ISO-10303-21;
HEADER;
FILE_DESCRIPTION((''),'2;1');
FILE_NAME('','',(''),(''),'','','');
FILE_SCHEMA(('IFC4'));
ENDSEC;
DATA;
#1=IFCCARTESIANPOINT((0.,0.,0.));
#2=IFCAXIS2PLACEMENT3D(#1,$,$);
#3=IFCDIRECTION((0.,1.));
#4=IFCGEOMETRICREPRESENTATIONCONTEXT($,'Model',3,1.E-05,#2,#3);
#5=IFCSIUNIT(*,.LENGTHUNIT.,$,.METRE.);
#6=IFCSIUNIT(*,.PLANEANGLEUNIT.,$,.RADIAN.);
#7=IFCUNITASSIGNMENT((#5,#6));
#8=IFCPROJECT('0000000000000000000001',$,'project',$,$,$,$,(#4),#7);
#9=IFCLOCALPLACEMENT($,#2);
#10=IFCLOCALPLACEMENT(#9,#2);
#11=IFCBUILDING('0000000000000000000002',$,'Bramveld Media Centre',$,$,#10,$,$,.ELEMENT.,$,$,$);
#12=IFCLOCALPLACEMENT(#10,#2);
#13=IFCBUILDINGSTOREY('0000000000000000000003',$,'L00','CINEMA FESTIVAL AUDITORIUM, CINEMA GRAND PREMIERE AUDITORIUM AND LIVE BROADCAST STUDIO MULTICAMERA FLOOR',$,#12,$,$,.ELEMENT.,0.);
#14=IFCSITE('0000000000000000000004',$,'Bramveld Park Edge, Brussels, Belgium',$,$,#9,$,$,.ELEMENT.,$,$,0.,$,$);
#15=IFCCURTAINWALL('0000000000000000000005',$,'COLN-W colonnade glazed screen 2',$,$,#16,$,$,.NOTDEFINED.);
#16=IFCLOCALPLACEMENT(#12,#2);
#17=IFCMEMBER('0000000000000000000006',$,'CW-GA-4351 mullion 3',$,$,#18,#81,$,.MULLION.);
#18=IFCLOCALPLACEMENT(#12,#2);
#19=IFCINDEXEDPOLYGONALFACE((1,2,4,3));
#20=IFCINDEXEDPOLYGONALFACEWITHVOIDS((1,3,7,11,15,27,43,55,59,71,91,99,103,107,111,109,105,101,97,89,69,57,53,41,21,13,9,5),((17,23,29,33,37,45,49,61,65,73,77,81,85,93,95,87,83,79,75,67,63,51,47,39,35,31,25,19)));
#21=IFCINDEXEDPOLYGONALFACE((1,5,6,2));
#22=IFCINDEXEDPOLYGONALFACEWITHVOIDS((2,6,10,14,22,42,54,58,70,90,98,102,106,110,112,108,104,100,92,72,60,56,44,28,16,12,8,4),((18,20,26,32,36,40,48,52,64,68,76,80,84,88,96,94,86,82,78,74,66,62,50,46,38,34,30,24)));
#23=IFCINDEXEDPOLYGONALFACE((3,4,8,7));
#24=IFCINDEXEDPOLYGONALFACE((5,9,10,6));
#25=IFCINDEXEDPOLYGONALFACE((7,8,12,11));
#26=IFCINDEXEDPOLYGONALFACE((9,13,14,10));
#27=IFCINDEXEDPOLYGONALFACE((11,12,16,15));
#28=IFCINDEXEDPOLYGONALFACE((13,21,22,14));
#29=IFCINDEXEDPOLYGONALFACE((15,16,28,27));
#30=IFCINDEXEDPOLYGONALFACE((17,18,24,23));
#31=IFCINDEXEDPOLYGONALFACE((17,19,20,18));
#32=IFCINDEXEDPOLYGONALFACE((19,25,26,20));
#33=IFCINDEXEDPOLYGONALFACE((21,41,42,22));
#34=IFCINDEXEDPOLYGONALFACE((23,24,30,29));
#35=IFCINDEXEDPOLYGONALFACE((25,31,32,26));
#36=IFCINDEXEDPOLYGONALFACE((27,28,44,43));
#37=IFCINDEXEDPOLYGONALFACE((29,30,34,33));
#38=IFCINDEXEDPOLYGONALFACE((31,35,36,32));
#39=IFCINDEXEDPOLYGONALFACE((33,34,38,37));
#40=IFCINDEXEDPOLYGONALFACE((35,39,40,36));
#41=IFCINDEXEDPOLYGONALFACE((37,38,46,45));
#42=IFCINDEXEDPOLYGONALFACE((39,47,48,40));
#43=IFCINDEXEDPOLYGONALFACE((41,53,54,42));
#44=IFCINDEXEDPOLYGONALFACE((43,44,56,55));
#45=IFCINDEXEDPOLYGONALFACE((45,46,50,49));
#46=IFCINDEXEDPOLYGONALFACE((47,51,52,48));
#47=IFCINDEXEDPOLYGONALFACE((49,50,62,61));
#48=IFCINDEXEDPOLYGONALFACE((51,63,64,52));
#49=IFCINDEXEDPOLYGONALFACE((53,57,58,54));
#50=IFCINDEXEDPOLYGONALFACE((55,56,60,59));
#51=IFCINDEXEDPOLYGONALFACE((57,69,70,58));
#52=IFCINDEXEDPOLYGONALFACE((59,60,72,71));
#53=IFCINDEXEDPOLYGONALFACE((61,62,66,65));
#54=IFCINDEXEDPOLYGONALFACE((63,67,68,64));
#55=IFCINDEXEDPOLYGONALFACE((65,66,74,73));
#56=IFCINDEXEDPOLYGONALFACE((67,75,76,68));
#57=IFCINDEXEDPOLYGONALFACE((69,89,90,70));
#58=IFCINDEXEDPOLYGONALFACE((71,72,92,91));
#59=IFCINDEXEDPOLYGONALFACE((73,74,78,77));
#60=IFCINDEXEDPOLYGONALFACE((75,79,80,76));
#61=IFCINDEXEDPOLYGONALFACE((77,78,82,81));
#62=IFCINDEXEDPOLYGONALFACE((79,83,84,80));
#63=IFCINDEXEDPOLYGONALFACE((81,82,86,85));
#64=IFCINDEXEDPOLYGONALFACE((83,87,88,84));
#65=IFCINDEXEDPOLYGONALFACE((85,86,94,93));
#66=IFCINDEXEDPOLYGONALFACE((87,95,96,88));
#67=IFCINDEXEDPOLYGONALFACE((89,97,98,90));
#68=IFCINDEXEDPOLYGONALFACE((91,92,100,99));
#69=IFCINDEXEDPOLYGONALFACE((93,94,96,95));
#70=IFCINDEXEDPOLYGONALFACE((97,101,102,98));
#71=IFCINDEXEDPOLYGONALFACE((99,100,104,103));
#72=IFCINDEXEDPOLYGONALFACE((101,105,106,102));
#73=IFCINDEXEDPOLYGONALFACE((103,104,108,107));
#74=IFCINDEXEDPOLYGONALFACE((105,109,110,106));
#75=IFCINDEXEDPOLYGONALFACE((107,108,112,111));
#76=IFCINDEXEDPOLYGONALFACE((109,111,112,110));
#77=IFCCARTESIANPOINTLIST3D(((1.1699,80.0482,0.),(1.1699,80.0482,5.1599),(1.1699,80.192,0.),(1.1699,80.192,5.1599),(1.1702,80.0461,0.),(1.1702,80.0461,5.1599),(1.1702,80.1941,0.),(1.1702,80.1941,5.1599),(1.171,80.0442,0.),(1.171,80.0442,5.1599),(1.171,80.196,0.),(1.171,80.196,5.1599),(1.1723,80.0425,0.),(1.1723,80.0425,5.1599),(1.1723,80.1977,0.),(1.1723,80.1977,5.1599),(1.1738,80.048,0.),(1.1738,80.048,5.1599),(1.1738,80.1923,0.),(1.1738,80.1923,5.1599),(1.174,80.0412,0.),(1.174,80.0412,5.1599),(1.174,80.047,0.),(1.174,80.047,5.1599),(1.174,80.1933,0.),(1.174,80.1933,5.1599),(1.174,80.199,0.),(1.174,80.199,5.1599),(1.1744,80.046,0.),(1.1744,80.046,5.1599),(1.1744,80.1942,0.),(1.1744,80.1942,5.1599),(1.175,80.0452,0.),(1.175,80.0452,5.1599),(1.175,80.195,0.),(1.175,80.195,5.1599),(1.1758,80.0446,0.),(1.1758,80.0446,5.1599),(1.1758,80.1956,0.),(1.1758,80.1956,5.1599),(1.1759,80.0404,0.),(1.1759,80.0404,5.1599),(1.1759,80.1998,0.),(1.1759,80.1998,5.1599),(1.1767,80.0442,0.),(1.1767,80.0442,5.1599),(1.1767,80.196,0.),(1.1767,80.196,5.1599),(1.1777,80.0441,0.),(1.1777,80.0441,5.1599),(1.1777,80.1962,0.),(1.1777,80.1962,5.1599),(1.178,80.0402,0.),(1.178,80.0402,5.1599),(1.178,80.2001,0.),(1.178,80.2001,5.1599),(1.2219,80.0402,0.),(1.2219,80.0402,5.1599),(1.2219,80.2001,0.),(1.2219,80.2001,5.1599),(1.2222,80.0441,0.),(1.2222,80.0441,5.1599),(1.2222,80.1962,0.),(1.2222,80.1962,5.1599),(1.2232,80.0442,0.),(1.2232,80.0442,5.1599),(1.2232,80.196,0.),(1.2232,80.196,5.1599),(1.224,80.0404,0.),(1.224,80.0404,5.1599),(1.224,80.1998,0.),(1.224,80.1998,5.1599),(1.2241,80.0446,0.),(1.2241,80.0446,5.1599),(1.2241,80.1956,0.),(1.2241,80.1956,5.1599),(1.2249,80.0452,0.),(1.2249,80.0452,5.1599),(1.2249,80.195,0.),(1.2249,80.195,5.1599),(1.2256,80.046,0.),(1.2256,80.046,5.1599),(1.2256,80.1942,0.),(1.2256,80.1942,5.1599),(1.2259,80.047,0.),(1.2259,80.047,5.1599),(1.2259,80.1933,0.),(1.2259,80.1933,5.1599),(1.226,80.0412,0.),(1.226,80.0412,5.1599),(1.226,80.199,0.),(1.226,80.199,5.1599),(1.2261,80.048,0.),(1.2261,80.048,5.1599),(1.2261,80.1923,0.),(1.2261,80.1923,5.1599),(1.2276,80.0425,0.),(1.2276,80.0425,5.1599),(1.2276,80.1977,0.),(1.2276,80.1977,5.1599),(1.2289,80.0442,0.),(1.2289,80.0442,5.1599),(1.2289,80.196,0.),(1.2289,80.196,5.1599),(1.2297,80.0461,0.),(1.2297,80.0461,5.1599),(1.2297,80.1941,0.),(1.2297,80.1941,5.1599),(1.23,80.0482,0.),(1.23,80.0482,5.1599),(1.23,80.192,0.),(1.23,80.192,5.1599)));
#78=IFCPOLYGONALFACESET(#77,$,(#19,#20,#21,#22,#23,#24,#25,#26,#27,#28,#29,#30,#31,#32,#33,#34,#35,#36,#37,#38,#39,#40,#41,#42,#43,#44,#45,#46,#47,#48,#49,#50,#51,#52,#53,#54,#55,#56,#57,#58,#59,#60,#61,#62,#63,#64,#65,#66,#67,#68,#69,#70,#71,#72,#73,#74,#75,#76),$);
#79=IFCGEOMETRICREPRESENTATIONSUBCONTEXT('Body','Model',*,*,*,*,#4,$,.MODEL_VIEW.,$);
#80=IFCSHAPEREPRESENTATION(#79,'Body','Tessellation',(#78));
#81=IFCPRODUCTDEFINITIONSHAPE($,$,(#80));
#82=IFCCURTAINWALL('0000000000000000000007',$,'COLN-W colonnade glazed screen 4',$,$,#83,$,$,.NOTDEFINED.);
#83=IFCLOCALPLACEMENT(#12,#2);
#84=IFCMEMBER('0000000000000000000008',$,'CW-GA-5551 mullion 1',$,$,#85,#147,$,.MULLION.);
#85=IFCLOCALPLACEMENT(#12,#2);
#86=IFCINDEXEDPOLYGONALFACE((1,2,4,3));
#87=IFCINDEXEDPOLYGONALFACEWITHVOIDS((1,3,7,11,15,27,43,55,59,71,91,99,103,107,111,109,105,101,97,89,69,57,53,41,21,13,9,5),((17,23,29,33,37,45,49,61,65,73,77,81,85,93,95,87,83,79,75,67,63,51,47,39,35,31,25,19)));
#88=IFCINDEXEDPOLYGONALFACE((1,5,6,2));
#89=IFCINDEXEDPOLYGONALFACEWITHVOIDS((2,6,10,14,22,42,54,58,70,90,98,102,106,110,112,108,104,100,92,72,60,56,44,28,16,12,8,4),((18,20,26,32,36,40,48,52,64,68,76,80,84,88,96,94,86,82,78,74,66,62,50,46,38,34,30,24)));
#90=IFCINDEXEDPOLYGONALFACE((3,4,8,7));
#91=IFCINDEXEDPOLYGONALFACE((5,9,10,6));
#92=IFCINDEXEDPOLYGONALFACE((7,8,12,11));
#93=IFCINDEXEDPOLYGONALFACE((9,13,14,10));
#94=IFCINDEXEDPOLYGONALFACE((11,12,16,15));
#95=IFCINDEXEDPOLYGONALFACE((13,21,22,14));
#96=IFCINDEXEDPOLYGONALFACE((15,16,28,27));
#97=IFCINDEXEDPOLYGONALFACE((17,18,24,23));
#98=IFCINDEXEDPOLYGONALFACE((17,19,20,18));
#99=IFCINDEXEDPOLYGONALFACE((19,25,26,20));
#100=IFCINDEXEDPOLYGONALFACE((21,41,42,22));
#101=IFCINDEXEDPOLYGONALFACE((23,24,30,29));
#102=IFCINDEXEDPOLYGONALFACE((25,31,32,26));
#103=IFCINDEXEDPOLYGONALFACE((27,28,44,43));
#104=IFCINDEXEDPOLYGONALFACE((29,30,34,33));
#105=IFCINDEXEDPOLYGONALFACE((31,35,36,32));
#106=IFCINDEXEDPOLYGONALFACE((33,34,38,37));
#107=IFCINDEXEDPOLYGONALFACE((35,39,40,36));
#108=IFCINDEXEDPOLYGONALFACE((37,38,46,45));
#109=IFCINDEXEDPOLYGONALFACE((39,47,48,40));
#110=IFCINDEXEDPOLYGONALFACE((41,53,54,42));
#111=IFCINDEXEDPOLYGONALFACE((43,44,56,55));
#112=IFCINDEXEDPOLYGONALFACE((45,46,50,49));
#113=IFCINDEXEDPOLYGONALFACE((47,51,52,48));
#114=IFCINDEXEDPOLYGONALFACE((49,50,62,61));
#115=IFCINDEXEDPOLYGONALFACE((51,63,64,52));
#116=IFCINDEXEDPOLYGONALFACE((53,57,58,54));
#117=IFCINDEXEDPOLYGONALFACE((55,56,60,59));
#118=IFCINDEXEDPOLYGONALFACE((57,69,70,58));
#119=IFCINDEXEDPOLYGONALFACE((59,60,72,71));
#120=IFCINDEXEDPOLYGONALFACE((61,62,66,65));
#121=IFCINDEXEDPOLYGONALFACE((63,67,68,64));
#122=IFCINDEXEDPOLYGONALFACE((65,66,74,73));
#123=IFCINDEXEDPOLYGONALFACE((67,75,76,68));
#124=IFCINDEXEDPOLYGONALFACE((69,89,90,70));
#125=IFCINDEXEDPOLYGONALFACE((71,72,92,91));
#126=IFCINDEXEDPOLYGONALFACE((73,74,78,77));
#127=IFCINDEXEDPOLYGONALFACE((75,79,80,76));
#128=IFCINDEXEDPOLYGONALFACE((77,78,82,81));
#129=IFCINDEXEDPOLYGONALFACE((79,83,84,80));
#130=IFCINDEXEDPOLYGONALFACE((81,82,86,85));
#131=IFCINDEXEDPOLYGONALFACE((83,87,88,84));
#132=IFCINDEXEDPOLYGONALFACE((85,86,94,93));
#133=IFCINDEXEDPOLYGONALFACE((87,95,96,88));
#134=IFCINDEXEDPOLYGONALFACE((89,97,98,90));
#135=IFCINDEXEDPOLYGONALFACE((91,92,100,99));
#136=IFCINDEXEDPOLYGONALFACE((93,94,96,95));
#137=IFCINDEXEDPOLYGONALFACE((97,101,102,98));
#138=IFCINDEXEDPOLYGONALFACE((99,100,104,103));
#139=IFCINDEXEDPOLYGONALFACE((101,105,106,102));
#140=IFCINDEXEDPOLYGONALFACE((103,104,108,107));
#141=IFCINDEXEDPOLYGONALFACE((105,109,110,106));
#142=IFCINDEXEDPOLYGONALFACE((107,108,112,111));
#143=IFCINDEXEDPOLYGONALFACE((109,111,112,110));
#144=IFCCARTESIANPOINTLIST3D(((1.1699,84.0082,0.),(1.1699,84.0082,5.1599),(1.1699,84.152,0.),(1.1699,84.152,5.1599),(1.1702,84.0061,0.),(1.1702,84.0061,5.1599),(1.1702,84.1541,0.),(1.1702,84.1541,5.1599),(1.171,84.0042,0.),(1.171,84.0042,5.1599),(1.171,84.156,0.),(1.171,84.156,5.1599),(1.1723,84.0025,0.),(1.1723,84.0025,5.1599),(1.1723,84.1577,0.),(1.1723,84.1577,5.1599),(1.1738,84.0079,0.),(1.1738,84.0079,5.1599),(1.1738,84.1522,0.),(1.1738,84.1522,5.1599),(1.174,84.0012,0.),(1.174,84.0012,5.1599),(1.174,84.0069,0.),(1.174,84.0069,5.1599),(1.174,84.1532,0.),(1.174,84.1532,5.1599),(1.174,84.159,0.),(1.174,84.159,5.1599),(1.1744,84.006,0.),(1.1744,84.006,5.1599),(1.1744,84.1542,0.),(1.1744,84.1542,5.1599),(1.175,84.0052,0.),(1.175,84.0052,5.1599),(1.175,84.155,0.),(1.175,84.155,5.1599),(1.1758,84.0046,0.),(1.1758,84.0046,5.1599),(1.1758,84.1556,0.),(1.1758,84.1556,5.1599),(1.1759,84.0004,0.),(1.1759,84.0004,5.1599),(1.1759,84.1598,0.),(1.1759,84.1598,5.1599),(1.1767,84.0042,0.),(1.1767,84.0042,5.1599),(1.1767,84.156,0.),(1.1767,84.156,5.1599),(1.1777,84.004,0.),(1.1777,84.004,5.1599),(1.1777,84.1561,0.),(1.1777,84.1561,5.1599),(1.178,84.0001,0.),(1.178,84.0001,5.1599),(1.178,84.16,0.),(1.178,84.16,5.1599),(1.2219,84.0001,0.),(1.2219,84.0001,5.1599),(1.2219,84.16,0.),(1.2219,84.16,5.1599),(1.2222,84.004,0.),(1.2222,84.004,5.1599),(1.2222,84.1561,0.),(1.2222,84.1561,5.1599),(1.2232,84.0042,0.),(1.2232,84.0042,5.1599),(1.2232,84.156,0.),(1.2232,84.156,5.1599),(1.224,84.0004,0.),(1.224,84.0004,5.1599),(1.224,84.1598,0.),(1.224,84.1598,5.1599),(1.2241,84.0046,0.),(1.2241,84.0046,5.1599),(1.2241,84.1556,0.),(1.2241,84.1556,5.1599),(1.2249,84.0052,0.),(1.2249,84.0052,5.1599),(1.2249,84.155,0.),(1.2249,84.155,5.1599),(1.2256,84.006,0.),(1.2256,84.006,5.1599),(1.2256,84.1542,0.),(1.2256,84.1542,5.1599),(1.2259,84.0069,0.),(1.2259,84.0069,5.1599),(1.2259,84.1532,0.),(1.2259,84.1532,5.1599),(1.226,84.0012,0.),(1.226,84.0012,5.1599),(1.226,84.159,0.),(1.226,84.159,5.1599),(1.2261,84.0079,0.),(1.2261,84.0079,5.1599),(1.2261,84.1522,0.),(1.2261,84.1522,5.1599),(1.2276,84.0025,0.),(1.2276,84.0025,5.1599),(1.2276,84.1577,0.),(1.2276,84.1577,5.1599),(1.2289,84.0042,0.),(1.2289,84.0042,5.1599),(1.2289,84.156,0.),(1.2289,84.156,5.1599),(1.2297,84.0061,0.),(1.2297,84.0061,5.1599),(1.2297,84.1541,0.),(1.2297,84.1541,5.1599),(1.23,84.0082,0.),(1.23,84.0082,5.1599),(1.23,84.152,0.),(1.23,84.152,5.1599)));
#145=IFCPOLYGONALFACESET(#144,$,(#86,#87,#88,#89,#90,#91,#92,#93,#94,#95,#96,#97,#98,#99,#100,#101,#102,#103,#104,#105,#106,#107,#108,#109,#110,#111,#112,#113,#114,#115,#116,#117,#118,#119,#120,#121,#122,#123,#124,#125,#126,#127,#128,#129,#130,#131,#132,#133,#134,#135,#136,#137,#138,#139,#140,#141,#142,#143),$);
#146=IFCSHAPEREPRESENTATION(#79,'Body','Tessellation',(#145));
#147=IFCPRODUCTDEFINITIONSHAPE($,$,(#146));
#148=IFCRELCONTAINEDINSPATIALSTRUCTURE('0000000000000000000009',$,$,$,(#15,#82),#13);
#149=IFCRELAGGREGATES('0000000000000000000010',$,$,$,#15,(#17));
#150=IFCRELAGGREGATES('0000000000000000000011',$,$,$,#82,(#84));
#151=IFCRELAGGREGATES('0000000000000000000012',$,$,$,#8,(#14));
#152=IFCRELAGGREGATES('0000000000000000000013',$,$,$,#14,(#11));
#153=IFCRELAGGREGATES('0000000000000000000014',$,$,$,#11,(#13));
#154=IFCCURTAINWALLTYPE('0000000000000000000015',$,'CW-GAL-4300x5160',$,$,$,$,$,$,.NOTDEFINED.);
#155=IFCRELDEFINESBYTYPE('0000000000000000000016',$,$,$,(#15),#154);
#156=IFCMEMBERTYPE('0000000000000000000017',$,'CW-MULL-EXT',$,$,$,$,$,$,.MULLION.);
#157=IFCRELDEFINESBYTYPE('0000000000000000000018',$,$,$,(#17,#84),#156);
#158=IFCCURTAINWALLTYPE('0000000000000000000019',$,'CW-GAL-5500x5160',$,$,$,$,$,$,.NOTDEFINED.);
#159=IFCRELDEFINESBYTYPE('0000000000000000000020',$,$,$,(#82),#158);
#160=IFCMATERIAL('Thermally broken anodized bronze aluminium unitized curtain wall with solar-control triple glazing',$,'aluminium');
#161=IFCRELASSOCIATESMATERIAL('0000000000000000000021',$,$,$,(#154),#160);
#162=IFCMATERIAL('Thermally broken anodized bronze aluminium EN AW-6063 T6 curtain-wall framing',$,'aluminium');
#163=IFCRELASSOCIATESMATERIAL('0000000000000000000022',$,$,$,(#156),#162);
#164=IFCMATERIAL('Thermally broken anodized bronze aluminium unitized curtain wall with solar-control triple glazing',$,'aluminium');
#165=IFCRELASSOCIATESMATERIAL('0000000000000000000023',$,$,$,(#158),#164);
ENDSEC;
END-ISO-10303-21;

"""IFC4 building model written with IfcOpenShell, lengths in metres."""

from ifc_helpers import new_model, si_unit, direction, frame, origin, origin_2d, place, context, subcontext, project, spatial, hollow_rectangle, extrude, material, material_profile, profile_set, type_object, element, aggregate, save


model = new_model("IFC4")

# Units and contexts
model_context = context("Model", 3, precision=1e-05, world=origin(), true_north=direction((0.0, 1.0)))
body_context = subcontext(model_context, "Body", "Model", "MODEL_VIEW")
ifc_project = project(units=[si_unit("LENGTHUNIT", "METRE"), si_unit("PLANEANGLEUNIT", "RADIAN")], contexts=[model_context])

# Site, building, storey
site_placement = place(None, origin())
site = spatial("IfcSite", under=ifc_project, at=site_placement, Name="Bramveld Park Edge, Brussels, Belgium", CompositionType="ELEMENT", RefElevation=0.0)
building_placement = place(site_placement, origin())
building = spatial("IfcBuilding", under=site, at=building_placement, Name="Bramveld Media Centre", CompositionType="ELEMENT")
storey_placement = place(building_placement, origin())
storey = spatial("IfcBuildingStorey", under=building, at=storey_placement, Name="L00", Description="CINEMA FESTIVAL AUDITORIUM, CINEMA GRAND PREMIERE AUDITORIUM AND LIVE BROADCAST STUDIO MULTICAMERA FLOOR", CompositionType="ELEMENT", Elevation=0.0)

# Curtain wall, member
ifc_material_1 = material(Name="Thermally broken anodized bronze aluminium unitized curtain wall with solar-control triple glazing", Category="aluminium")
curtain_wall_type_1 = type_object("IfcCurtainWallType", Name="CW-GAL-4300x5160", PredefinedType="NOTDEFINED", material=ifc_material_1)
curtain_wall_1_placement = place(storey_placement, origin())
curtain_wall_1 = element("IfcCurtainWall", 1, at=curtain_wall_1_placement, inside=storey, type_object=curtain_wall_type_1, Name="COLN-W colonnade glazed screen 2", PredefinedType="NOTDEFINED")
ifc_material_2 = material(Name="Thermally broken anodized bronze aluminium EN AW-6063 T6 curtain-wall framing", Category="aluminium")
ifc_material_profile_1 = material_profile(ifc_material_2, hollow_rectangle(XDim=0.0601, YDim=0.1599, WallThickness=0.0039, InnerFilletRadius=0.0039, OuterFilletRadius=0.0081, at=origin_2d()), Name="AL-MULL 60x160")
ifc_profile_set_1 = profile_set([ifc_material_profile_1], Name="Thermally broken anodized bronze aluminium EN AW-6063 T6 curtain-wall framing")
member_type_1 = type_object("IfcMemberType", Name="CW-MULL-EXT", PredefinedType="MULLION", material=ifc_profile_set_1)
member_1_placement = place(storey_placement, frame((1.2, 80.1201, 0.0), z_axis=(0.0, 0.0, 1.0), x_axis=(-1.0, 0.0, 0.0)))
member_1 = element("IfcMember", 2, at=member_1_placement, type_object=member_type_1, Name="CW-GA-4351 mullion 3", PredefinedType="MULLION", context=body_context, shape_type="SweptSolid", body=[
    extrude(hollow_rectangle(XDim=0.0601, YDim=0.1599, WallThickness=0.0039, InnerFilletRadius=0.0039, OuterFilletRadius=0.0081, at=origin_2d()), origin(), (0.0, 0.0, 1.0), 5.1599),
])
aggregate(curtain_wall_1, [member_1])

# Curtain wall, member
ifc_material_3 = material(Name="Thermally broken anodized bronze aluminium unitized curtain wall with solar-control triple glazing", Category="aluminium")
curtain_wall_type_2 = type_object("IfcCurtainWallType", Name="CW-GAL-5500x5160", PredefinedType="NOTDEFINED", material=ifc_material_3)
curtain_wall_2_placement = place(storey_placement, origin())
curtain_wall_2 = element("IfcCurtainWall", 3, at=curtain_wall_2_placement, inside=storey, type_object=curtain_wall_type_2, Name="COLN-W colonnade glazed screen 4", PredefinedType="NOTDEFINED")
member_2_placement = place(storey_placement, frame((1.2, 84.0801, 0.0), z_axis=(0.0, 0.0, 1.0), x_axis=(-1.0, 0.0, 0.0)))
member_2 = element("IfcMember", 4, at=member_2_placement, type_object=member_type_1, Name="CW-GA-5551 mullion 1", PredefinedType="MULLION", context=body_context, shape_type="SweptSolid", body=[
    extrude(hollow_rectangle(XDim=0.0601, YDim=0.1599, WallThickness=0.0039, InnerFilletRadius=0.0039, OuterFilletRadius=0.0081, at=origin_2d()), origin(), (0.0, 0.0, 1.0), 5.1599),
])
aggregate(curtain_wall_2, [member_2])

save(model, "model.ifc")
